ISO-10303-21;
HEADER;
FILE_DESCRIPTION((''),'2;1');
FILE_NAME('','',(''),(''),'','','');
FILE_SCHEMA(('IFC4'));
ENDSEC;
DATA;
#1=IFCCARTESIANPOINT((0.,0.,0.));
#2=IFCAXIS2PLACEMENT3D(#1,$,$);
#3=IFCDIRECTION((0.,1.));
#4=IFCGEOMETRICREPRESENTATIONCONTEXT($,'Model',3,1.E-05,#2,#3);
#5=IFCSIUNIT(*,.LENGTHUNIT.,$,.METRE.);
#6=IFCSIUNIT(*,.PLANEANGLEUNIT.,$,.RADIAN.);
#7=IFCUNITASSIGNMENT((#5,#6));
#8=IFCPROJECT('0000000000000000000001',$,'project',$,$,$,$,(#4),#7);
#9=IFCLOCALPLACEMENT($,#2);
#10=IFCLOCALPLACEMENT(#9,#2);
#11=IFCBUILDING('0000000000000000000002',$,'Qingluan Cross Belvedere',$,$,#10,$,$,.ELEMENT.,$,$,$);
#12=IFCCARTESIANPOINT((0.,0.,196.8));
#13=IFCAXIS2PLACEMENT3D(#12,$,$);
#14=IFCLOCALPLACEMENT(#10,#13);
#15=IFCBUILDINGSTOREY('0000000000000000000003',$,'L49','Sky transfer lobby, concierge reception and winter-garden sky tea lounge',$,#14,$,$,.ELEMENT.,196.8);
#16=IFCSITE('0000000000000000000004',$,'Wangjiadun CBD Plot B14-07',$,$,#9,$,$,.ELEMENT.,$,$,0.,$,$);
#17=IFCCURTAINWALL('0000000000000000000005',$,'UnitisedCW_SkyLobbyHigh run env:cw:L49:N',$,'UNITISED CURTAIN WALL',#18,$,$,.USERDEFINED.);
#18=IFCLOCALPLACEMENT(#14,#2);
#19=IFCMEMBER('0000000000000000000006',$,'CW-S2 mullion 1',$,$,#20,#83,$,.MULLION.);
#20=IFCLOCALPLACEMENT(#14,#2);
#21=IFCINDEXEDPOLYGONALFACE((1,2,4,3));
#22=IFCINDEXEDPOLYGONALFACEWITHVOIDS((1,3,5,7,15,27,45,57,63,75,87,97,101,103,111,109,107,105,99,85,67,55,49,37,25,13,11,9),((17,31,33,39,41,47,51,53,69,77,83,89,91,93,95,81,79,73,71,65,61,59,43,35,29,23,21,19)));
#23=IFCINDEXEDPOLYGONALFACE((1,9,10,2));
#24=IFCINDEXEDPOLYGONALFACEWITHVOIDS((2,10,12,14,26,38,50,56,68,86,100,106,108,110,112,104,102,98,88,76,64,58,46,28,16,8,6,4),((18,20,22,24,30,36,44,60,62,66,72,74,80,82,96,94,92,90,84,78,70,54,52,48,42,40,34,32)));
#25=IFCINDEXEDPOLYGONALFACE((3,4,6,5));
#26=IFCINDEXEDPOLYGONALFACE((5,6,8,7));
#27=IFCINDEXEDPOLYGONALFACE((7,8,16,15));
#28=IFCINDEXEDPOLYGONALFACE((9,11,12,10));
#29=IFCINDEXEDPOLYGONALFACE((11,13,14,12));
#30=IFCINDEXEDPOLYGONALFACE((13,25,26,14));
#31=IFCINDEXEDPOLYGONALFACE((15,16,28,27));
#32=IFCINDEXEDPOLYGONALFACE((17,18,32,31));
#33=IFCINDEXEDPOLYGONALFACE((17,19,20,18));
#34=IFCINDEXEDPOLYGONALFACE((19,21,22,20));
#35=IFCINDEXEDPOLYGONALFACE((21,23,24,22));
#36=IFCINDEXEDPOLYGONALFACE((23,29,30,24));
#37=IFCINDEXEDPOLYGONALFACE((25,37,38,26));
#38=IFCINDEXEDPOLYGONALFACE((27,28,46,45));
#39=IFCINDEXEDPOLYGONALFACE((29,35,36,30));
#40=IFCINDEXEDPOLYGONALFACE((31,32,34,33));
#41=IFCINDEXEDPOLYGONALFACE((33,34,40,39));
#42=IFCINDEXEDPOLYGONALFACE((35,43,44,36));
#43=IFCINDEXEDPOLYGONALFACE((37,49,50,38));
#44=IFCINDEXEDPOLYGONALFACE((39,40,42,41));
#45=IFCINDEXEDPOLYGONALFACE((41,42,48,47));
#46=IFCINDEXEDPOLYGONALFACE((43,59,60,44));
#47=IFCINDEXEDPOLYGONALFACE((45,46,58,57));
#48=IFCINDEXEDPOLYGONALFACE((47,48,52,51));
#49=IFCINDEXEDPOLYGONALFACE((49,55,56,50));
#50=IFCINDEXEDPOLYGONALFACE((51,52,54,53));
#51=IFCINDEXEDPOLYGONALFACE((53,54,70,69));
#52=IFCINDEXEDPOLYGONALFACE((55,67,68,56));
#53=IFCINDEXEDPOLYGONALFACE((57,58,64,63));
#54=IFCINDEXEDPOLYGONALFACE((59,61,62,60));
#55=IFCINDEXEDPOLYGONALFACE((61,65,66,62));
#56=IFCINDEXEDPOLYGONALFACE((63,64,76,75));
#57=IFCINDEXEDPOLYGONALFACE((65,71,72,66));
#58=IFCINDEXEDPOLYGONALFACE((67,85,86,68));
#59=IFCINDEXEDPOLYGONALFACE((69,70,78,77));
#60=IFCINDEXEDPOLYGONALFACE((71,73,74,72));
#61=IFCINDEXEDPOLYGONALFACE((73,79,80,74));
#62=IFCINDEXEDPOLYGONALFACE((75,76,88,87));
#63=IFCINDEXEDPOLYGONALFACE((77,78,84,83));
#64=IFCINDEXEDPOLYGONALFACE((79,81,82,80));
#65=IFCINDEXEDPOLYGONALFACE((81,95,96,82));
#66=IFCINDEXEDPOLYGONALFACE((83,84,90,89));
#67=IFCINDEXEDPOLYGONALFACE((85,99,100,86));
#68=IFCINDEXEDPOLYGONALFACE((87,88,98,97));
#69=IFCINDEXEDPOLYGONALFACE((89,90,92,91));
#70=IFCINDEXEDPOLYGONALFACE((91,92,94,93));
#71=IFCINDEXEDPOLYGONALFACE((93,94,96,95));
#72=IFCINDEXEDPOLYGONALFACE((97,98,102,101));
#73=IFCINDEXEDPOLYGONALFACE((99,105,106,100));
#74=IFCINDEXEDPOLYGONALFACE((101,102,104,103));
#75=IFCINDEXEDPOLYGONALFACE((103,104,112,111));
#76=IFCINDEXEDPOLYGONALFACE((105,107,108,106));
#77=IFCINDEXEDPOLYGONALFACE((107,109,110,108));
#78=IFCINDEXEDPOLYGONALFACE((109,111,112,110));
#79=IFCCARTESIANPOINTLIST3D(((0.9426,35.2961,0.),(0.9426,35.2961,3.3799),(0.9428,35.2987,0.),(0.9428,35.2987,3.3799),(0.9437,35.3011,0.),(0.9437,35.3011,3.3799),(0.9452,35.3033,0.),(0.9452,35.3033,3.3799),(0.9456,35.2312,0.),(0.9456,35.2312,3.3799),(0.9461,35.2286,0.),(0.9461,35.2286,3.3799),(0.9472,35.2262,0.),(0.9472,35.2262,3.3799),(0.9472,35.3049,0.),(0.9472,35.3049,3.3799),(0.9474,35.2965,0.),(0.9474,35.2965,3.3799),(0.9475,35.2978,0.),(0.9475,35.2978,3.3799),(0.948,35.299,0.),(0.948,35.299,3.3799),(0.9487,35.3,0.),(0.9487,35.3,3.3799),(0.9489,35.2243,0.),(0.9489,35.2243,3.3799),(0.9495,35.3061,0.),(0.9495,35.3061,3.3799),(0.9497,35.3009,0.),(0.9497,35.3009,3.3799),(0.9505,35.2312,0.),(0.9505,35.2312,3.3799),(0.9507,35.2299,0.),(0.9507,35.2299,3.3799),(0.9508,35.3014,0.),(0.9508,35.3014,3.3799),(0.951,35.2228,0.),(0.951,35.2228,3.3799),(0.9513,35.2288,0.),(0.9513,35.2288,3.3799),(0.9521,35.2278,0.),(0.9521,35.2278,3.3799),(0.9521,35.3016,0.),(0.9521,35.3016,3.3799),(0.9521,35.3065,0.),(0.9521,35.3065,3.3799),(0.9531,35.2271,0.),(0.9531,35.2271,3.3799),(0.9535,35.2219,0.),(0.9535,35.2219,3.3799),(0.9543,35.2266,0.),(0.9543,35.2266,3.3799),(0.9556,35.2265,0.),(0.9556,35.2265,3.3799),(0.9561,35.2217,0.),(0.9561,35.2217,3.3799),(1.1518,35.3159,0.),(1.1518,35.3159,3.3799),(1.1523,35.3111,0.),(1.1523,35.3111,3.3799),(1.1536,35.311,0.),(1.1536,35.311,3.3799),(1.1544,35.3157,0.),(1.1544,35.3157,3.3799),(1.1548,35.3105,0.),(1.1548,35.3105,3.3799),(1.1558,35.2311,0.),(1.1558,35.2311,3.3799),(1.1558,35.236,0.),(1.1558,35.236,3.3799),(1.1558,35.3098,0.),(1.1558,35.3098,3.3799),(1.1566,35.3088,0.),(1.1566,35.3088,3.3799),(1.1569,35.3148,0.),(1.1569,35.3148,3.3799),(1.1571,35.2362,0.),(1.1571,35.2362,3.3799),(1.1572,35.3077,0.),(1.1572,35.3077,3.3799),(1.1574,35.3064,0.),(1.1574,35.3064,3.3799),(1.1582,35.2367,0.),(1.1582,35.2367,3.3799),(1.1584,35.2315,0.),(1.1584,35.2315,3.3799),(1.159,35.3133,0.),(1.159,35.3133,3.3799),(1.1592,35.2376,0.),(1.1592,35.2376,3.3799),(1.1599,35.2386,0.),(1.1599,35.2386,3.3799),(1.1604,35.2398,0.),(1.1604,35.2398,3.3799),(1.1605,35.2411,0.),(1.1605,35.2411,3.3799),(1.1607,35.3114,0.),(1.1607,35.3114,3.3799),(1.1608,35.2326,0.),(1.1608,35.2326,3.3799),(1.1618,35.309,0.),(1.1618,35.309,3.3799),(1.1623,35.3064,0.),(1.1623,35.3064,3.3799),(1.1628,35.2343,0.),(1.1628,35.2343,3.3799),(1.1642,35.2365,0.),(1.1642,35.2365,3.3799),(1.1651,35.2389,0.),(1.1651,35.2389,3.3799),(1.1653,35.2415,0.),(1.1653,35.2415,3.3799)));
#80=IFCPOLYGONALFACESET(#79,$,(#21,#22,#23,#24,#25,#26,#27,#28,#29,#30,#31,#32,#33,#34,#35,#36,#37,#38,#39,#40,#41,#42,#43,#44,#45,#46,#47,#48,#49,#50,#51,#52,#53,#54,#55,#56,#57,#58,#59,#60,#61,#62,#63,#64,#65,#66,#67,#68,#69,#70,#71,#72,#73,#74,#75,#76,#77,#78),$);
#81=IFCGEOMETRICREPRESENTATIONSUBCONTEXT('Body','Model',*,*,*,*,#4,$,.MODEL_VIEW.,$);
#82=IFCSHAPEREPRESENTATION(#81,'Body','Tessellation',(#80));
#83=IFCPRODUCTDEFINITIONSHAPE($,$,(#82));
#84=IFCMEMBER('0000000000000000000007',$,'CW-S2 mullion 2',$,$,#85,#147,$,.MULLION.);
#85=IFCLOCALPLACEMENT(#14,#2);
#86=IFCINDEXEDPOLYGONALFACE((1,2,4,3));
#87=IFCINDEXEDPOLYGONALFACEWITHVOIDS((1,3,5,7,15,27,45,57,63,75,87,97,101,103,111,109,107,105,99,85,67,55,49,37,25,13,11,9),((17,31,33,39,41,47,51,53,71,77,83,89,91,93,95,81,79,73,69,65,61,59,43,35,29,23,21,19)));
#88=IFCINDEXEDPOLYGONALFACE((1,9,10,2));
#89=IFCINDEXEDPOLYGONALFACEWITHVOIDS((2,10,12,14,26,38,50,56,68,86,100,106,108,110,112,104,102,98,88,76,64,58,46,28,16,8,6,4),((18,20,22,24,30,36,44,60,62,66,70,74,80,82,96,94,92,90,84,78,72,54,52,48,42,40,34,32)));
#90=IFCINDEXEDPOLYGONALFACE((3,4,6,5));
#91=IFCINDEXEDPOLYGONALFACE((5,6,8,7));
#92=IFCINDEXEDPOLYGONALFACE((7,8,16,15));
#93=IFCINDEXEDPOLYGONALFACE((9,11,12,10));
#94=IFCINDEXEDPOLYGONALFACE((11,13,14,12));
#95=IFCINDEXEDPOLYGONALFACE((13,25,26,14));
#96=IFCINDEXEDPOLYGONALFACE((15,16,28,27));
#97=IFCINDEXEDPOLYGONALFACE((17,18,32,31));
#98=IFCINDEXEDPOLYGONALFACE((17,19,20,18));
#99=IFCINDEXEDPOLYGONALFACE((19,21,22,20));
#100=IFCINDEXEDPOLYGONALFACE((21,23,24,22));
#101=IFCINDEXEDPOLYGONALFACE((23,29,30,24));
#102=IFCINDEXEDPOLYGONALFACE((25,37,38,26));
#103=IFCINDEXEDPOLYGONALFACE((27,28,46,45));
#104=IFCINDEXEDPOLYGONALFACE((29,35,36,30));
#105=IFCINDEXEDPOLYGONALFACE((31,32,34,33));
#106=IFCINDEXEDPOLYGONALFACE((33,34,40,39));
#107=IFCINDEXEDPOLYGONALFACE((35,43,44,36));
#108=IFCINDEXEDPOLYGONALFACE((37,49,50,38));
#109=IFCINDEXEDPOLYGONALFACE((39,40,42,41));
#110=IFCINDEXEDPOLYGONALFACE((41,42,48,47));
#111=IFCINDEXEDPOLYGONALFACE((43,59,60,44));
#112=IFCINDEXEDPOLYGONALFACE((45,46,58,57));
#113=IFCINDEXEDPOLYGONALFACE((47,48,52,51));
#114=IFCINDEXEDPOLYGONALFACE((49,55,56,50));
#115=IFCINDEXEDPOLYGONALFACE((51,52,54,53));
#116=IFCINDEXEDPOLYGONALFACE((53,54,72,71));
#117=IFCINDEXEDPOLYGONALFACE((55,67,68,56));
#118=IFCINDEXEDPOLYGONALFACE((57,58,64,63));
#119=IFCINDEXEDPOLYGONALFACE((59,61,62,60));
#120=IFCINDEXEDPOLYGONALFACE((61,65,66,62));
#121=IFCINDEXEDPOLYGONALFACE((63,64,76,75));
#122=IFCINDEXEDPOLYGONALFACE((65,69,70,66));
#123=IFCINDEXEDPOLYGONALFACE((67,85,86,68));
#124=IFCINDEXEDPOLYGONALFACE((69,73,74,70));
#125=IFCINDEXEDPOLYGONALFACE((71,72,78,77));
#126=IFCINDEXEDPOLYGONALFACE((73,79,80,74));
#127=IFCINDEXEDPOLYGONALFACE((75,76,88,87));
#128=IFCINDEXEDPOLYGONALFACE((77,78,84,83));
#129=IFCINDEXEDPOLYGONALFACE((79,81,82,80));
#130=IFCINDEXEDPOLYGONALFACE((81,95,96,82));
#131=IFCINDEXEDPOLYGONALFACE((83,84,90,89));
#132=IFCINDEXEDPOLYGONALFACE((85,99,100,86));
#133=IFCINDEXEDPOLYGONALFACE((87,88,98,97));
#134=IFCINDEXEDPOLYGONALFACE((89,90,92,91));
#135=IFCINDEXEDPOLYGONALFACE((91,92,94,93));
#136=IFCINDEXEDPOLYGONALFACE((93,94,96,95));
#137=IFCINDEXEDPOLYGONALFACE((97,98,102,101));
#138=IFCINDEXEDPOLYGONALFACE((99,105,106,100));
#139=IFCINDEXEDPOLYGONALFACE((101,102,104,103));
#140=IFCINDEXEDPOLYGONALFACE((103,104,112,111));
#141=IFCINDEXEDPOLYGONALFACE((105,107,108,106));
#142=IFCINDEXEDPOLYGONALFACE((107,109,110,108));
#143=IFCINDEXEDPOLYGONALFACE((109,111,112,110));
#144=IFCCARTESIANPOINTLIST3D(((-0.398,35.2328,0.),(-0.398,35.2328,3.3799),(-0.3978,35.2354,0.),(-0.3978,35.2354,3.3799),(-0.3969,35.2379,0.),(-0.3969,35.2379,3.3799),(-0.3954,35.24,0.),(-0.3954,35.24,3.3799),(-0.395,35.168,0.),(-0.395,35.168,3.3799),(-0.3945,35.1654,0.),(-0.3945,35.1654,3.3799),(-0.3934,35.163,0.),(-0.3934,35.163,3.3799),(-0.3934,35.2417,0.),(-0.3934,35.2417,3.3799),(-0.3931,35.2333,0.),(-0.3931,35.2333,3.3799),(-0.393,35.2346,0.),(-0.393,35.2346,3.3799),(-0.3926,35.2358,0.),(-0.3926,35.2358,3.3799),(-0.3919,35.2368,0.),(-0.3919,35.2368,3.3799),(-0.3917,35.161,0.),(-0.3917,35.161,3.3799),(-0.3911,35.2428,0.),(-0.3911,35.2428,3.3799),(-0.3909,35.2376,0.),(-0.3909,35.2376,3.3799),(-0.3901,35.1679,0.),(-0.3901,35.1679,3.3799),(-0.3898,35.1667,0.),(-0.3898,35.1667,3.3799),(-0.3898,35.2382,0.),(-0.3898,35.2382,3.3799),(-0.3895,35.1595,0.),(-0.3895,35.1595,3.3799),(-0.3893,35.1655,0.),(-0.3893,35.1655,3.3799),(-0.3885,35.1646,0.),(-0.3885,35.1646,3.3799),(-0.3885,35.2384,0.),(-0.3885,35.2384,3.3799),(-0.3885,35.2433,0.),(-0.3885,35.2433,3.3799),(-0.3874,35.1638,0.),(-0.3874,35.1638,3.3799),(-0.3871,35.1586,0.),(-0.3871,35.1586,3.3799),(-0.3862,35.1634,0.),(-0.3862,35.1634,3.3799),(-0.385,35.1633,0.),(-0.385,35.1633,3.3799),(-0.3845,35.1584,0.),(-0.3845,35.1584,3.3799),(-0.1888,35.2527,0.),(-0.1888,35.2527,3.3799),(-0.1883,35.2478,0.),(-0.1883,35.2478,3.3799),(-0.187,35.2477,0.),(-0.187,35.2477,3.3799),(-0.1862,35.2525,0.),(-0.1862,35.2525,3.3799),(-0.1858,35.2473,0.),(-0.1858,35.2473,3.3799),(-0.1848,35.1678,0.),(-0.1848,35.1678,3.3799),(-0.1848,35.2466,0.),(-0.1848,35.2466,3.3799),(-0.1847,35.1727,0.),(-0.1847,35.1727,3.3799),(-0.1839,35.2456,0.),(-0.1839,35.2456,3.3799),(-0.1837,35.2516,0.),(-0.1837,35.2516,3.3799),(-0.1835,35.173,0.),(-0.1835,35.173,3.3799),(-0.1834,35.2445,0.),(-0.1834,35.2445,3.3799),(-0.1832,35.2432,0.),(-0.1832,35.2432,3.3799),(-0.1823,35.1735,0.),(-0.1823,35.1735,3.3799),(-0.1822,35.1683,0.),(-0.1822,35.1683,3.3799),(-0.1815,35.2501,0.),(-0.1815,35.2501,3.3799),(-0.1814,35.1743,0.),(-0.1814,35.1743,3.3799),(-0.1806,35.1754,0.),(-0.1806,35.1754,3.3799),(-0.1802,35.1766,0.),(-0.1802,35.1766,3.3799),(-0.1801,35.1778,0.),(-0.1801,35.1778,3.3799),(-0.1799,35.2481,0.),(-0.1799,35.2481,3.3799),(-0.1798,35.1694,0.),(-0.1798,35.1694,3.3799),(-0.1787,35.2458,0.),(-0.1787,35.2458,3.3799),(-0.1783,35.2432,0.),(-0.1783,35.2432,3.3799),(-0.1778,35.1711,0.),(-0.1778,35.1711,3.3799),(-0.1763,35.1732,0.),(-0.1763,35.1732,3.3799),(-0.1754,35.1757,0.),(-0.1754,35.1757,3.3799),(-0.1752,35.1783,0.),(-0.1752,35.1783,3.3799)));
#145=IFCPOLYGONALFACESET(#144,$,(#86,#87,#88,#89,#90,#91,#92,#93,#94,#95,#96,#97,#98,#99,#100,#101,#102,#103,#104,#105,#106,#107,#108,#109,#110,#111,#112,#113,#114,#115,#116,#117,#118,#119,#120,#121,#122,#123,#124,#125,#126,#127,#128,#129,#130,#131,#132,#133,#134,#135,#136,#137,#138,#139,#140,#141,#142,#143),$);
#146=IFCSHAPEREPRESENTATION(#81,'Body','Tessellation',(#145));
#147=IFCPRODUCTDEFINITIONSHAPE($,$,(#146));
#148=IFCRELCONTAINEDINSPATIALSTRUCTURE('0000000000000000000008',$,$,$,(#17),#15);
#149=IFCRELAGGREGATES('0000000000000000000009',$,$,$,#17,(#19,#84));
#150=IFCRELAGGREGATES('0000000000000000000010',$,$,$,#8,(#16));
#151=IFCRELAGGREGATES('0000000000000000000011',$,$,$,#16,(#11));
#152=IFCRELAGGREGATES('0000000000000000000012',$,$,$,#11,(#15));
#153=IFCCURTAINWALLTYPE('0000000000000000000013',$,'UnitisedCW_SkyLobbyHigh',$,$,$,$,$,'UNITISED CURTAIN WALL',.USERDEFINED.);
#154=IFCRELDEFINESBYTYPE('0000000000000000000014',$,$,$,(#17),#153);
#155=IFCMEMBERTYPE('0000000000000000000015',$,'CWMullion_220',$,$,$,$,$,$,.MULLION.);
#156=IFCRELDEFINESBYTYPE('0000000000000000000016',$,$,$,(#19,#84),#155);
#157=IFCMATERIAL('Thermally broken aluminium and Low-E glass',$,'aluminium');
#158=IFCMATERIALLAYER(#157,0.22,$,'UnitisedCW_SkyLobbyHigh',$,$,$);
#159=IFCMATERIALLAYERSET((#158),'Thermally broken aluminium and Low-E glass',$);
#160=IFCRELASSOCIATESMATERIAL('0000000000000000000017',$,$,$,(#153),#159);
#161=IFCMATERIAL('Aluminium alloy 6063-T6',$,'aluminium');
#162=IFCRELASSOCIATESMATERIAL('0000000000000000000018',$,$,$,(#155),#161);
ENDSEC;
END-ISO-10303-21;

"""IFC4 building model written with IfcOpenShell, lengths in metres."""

from ifc_helpers import new_model, si_unit, direction, frame, origin, origin_2d, place, context, subcontext, project, spatial, hollow_rectangle, extrude, material, layer, layer_set, material_profile, profile_set, type_object, element, aggregate, save


model = new_model("IFC4")

# Units and contexts
model_context = context("Model", 3, precision=1e-05, world=origin(), true_north=direction((0.0, 1.0)))
body_context = subcontext(model_context, "Body", "Model", "MODEL_VIEW")
ifc_project = project(units=[si_unit("LENGTHUNIT", "METRE"), si_unit("PLANEANGLEUNIT", "RADIAN")], contexts=[model_context])

# Site, building, storey
site_placement = place(None, origin())
site = spatial("IfcSite", under=ifc_project, at=site_placement, Name="Wangjiadun CBD Plot B14-07", CompositionType="ELEMENT", RefElevation=0.0)
building_placement = place(site_placement, origin())
building = spatial("IfcBuilding", under=site, at=building_placement, Name="Qingluan Cross Belvedere", CompositionType="ELEMENT")
storey_placement = place(building_placement, frame((0.0, 0.0, 196.8)))
storey = spatial("IfcBuildingStorey", under=building, at=storey_placement, Name="L49", Description="Sky transfer lobby, concierge reception and winter-garden sky tea lounge", CompositionType="ELEMENT", Elevation=196.8)

# Curtain wall, members
ifc_material_1 = material(Name="Thermally broken aluminium and Low-E glass", Category="aluminium")
ifc_layer_1 = layer(ifc_material_1, 0.22, Name="UnitisedCW_SkyLobbyHigh")
ifc_layer_set_1 = layer_set([ifc_layer_1], Name="Thermally broken aluminium and Low-E glass")
curtain_wall_type = type_object("IfcCurtainWallType", Name="UnitisedCW_SkyLobbyHigh", ElementType="UNITISED CURTAIN WALL", PredefinedType="USERDEFINED", material=ifc_layer_set_1)
curtain_wall_placement = place(storey_placement, origin())
curtain_wall = element("IfcCurtainWall", 1, at=curtain_wall_placement, inside=storey, type_object=curtain_wall_type, Name="UnitisedCW_SkyLobbyHigh run env:cw:L49:N", ObjectType="UNITISED CURTAIN WALL", PredefinedType="USERDEFINED")
ifc_material_2 = material(Name="Aluminium alloy 6063-T6", Category="aluminium")
ifc_material_profile_1 = material_profile(ifc_material_2, hollow_rectangle(XDim=0.085, YDim=0.22, WallThickness=0.0049, InnerFilletRadius=0.0049, OuterFilletRadius=0.01, at=origin_2d()), Name="CWM220x85x5")
ifc_profile_set_1 = profile_set([ifc_material_profile_1], Name="Aluminium alloy 6063-T6")
member_type_1 = type_object("IfcMemberType", Name="CWMullion_220", PredefinedType="MULLION", material=ifc_profile_set_1)
member_1_placement = place(storey_placement, frame((1.054, 35.2688, 0.0), z_axis=(0.0, 0.0, 1.0), x_axis=(0.047102, -0.99889, 0.0)))
member_1 = element("IfcMember", 2, at=member_1_placement, type_object=member_type_1, Name="CW-S2 mullion 1", PredefinedType="MULLION", context=body_context, shape_type="SweptSolid", body=[
    extrude(hollow_rectangle(XDim=0.085, YDim=0.22, WallThickness=0.0049, InnerFilletRadius=0.0049, OuterFilletRadius=0.01, at=origin_2d()), origin(), (0.0, 0.0, 1.0), 3.3799),
])
member_2_placement = place(storey_placement, frame((-0.2866, 35.2056, 0.0), z_axis=(0.0, 0.0, 1.0), x_axis=(0.047102, -0.99889, 0.0)))
member_2 = element("IfcMember", 3, at=member_2_placement, type_object=member_type_1, Name="CW-S2 mullion 2", PredefinedType="MULLION", context=body_context, shape_type="SweptSolid", body=[
    extrude(hollow_rectangle(XDim=0.085, YDim=0.22, WallThickness=0.0049, InnerFilletRadius=0.0049, OuterFilletRadius=0.01, at=origin_2d()), origin(), (0.0, 0.0, 1.0), 3.3799),
])
aggregate(curtain_wall, [member_1, member_2])

save(model, "model.ifc")
